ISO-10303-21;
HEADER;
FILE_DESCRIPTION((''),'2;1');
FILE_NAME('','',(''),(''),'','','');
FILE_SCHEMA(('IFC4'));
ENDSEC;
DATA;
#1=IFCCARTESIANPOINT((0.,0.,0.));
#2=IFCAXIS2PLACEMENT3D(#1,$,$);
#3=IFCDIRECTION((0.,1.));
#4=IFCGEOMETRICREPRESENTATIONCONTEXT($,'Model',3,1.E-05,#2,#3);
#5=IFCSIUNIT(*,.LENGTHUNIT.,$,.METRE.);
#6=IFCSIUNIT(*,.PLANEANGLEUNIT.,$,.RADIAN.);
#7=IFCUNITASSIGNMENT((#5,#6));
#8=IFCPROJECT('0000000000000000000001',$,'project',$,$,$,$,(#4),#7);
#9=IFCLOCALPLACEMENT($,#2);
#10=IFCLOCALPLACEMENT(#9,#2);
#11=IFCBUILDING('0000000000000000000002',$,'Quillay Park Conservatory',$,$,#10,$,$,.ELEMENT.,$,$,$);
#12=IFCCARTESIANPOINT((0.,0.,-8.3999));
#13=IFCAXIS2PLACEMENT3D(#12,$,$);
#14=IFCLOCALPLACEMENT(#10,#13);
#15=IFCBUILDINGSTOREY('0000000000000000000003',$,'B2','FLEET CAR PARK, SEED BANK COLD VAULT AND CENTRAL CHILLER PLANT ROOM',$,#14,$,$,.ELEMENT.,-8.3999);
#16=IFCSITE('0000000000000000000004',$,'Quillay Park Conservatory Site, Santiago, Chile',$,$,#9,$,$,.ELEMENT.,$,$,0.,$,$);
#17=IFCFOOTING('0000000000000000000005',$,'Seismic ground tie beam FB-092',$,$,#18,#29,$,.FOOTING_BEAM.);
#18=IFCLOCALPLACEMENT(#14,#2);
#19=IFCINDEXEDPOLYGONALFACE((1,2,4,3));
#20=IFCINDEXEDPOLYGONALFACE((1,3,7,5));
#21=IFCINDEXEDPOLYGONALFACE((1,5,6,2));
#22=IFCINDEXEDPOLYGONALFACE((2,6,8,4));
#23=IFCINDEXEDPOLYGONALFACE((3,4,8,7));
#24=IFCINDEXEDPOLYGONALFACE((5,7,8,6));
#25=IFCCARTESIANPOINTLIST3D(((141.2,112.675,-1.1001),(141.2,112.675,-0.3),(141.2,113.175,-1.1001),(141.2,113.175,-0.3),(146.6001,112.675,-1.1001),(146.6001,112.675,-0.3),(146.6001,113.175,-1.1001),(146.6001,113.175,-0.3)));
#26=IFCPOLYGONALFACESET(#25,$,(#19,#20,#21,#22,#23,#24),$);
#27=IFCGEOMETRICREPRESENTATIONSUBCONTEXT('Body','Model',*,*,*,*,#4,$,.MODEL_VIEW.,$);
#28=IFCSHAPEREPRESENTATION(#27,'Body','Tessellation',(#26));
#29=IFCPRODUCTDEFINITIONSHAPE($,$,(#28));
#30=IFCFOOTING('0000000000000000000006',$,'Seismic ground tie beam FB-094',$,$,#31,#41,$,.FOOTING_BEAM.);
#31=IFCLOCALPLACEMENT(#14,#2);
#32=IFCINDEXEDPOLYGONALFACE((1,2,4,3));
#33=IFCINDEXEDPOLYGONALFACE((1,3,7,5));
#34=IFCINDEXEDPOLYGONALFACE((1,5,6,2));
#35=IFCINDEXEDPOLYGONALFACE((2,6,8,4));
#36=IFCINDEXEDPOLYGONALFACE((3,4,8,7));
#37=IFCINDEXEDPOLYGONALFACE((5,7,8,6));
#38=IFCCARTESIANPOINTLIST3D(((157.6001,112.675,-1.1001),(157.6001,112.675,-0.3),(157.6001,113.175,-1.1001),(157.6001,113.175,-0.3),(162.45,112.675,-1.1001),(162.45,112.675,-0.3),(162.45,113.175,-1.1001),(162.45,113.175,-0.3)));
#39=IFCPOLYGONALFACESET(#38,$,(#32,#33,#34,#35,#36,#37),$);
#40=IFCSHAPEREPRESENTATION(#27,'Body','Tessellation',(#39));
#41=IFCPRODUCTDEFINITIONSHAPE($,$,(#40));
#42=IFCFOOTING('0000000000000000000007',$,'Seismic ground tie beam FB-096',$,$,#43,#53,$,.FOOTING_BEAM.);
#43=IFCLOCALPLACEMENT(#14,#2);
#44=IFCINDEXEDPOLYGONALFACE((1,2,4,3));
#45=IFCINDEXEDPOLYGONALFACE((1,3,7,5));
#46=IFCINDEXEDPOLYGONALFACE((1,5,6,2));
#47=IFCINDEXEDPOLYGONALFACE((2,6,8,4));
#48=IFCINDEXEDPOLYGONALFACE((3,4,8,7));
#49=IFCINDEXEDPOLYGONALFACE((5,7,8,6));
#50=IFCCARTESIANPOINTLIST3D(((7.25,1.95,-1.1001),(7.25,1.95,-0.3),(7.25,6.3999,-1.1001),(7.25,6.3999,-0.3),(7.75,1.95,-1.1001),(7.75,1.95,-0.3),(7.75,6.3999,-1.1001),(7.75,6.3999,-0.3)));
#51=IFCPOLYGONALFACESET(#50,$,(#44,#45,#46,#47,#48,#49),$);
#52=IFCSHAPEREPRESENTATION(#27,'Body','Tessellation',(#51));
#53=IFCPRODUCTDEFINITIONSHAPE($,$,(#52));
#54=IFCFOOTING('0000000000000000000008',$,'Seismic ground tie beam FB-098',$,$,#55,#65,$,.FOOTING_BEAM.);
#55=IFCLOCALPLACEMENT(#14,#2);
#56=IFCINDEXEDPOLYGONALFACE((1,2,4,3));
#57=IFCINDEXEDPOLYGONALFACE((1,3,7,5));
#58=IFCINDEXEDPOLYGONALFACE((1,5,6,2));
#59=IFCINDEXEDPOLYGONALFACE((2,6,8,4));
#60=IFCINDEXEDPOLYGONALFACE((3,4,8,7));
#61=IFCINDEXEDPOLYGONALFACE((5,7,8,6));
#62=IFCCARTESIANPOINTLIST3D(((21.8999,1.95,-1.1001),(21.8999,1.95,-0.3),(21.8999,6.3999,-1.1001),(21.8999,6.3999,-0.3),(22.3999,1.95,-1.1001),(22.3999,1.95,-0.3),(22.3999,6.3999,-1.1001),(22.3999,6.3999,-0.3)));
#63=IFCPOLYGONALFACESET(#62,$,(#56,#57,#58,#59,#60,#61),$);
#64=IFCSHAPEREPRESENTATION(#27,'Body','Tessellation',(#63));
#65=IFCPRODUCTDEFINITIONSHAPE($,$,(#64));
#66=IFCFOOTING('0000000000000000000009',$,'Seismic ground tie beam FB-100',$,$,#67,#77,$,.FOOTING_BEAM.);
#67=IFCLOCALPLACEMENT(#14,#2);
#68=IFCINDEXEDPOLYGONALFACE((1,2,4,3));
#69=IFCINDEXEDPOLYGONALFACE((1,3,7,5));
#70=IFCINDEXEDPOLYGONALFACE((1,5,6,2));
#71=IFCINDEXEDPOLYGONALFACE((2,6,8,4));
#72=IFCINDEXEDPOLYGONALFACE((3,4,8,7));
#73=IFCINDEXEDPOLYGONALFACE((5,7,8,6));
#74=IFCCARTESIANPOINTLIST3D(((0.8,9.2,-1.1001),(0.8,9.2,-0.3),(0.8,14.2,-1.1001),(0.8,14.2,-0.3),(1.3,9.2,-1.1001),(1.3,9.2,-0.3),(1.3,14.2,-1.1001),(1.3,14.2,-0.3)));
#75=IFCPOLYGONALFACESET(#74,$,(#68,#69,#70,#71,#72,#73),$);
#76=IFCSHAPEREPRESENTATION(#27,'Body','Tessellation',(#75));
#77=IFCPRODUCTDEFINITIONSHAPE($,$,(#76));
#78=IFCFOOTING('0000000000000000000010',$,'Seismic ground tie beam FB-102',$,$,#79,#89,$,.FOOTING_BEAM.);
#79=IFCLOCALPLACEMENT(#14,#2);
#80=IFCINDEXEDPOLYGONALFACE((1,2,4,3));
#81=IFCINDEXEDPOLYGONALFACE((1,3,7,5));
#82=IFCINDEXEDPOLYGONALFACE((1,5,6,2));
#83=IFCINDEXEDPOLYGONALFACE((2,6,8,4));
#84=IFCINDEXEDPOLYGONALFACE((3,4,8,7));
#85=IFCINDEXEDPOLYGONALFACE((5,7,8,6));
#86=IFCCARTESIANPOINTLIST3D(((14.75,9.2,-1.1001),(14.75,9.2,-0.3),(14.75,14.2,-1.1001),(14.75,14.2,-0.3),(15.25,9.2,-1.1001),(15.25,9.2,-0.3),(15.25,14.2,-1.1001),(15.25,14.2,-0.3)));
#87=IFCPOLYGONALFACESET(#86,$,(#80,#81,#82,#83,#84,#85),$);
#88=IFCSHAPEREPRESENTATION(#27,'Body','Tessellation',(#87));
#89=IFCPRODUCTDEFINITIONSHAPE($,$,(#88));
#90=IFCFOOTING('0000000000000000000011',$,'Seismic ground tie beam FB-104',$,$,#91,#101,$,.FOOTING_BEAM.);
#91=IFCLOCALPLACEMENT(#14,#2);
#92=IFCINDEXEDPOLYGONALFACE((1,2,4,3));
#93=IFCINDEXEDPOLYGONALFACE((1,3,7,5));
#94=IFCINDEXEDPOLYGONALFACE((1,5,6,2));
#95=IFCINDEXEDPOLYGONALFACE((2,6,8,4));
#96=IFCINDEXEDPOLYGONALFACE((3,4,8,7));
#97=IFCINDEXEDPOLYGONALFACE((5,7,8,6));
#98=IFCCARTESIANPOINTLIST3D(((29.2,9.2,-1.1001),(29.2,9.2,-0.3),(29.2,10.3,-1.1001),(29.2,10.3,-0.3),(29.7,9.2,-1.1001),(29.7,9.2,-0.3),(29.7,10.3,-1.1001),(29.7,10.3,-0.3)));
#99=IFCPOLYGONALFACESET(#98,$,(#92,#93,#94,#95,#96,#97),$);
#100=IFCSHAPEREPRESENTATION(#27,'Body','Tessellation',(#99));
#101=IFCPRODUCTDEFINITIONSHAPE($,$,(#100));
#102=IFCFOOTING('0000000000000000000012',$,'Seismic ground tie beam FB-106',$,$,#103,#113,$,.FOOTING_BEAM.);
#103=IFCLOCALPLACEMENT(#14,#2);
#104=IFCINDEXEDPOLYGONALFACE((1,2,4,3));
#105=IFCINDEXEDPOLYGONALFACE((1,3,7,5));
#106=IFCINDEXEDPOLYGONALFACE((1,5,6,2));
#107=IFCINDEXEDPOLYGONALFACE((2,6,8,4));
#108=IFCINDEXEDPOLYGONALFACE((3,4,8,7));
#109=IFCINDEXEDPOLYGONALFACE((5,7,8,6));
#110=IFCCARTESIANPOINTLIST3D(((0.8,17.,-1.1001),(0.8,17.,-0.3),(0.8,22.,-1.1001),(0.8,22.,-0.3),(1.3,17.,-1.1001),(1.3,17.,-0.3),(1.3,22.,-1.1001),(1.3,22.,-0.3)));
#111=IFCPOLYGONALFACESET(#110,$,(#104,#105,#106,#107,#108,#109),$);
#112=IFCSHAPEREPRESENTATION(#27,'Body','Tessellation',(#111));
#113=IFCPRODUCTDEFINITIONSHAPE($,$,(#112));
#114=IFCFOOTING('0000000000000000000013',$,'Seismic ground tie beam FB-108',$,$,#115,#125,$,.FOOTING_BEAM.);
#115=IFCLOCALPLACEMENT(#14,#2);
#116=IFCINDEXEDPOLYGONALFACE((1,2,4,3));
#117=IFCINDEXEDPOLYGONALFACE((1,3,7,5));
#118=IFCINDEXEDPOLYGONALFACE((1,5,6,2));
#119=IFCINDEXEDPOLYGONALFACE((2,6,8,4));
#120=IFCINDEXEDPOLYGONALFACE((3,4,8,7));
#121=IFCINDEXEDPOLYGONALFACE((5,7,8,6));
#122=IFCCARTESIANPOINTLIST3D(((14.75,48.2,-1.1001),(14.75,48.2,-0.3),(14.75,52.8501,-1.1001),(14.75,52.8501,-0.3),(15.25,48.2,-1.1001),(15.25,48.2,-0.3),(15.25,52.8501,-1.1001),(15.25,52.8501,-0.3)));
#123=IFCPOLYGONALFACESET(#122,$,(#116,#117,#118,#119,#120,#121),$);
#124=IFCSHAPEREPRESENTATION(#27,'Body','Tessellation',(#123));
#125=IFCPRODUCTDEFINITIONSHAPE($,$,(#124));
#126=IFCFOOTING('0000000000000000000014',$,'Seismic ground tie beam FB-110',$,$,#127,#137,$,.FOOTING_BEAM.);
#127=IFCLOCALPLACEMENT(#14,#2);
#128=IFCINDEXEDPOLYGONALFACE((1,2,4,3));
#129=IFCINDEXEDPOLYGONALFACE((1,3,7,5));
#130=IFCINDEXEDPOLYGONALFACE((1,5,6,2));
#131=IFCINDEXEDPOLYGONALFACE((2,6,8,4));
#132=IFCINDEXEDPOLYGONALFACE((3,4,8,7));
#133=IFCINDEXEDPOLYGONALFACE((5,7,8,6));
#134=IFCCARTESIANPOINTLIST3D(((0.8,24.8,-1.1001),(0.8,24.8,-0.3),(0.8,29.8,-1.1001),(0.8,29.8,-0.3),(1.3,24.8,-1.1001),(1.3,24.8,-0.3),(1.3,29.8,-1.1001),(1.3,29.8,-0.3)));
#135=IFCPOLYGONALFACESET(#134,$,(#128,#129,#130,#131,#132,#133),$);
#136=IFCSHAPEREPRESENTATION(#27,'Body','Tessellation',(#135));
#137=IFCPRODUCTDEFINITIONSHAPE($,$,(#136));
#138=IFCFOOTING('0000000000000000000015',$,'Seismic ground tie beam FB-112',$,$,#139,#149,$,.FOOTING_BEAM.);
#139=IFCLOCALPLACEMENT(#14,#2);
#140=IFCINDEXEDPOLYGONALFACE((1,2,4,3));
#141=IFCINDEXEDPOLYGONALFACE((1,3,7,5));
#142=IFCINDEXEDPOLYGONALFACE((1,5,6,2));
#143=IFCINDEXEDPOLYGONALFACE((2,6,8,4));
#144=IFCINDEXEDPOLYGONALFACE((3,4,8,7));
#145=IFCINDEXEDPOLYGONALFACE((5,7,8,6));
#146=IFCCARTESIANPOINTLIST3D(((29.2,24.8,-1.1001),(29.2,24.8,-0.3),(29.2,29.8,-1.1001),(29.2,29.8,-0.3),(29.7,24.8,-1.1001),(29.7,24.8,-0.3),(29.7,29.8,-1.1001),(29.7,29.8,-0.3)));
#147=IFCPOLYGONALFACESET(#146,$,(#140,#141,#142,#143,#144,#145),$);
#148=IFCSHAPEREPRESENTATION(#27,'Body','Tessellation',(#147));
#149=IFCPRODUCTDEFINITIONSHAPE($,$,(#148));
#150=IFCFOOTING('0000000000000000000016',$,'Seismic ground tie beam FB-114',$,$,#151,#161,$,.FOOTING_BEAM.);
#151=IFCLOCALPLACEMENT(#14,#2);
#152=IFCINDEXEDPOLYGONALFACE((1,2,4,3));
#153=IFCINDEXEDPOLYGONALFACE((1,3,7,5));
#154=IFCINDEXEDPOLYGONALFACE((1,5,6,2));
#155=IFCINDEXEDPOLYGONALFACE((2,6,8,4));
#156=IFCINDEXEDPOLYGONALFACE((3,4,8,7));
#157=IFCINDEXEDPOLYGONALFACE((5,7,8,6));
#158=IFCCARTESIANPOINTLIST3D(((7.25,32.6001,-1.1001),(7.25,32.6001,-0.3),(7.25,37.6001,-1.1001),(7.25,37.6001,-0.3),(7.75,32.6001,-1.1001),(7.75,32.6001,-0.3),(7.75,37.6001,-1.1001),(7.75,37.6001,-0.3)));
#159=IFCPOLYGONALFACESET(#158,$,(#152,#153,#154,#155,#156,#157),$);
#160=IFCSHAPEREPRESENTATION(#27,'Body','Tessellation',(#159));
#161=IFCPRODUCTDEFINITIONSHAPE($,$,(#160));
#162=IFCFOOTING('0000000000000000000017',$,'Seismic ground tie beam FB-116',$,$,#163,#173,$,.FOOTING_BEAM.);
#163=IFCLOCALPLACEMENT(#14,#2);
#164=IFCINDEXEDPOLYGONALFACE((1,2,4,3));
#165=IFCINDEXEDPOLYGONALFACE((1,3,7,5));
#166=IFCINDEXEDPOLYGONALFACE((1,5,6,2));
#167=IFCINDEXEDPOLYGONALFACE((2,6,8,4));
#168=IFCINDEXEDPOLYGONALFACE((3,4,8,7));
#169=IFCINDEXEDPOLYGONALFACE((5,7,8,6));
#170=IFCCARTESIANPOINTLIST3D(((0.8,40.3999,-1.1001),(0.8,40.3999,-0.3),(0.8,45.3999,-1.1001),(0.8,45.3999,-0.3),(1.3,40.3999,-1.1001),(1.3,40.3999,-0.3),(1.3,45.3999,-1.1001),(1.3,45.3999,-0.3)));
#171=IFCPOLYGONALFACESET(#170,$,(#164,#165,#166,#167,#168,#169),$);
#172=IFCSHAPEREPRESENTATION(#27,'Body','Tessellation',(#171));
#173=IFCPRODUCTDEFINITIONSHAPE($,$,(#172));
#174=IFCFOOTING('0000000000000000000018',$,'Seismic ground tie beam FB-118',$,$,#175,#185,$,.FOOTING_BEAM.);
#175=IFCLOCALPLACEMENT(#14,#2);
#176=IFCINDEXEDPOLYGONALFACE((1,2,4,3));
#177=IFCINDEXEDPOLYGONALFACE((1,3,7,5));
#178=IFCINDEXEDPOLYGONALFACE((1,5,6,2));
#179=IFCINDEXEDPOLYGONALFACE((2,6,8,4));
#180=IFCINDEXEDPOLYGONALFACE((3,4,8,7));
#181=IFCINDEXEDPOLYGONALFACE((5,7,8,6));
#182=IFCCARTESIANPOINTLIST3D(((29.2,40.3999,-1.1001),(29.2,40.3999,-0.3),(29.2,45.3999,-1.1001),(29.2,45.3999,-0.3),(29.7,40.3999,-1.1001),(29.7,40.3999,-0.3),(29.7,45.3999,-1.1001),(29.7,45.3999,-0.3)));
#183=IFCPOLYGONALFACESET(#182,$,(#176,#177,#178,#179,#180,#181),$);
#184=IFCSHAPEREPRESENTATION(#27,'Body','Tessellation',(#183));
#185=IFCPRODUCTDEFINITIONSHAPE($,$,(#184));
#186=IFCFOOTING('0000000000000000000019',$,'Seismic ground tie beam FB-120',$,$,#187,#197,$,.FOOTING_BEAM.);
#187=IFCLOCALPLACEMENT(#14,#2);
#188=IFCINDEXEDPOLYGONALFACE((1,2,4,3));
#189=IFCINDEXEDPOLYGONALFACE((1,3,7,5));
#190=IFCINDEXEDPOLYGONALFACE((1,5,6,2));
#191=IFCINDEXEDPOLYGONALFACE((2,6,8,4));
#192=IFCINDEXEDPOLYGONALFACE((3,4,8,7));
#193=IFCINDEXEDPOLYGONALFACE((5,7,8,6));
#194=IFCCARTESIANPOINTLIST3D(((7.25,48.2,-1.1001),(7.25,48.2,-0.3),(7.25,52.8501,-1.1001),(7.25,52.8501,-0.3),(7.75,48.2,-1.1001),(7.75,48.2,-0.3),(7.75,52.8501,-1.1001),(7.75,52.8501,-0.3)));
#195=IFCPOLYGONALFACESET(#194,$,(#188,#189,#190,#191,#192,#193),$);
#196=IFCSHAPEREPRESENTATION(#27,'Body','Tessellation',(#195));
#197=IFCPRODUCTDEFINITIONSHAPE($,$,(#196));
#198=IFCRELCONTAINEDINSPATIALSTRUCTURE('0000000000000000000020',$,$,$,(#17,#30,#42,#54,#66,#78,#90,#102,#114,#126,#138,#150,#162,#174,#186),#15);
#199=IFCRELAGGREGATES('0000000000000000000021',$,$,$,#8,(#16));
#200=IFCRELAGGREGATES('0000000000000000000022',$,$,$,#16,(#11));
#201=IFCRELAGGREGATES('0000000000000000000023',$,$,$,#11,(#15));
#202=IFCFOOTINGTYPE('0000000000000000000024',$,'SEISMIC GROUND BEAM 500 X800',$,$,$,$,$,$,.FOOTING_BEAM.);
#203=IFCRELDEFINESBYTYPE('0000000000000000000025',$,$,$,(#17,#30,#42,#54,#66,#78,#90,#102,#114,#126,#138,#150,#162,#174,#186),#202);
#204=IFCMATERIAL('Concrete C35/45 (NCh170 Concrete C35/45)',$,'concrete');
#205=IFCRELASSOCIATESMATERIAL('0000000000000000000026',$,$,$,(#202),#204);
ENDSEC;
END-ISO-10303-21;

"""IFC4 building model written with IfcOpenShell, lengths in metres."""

from ifc_helpers import new_model, si_unit, direction, frame, origin, place, context, subcontext, project, spatial, polyline, outline, extrude, material, type_object, element, save


model = new_model("IFC4")

# Units and contexts
model_context = context("Model", 3, precision=1e-05, world=origin(), true_north=direction((0.0, 1.0)))
body_context = subcontext(model_context, "Body", "Model", "MODEL_VIEW")
ifc_project = project(units=[si_unit("LENGTHUNIT", "METRE"), si_unit("PLANEANGLEUNIT", "RADIAN")], contexts=[model_context])

# Site, building, storey
site_placement = place(None, origin())
site = spatial("IfcSite", under=ifc_project, at=site_placement, Name="Quillay Park Conservatory Site, Santiago, Chile", CompositionType="ELEMENT", RefElevation=0.0)
building_placement = place(site_placement, origin())
building = spatial("IfcBuilding", under=site, at=building_placement, Name="Quillay Park Conservatory", CompositionType="ELEMENT")
storey_placement = place(building_placement, frame((0.0, 0.0, -8.3999)))
storey = spatial("IfcBuildingStorey", under=building, at=storey_placement, Name="B2", Description="FLEET CAR PARK, SEED BANK COLD VAULT AND CENTRAL CHILLER PLANT ROOM", CompositionType="ELEMENT", Elevation=-8.3999)

# Footings
ifc_material = material(Name="Concrete C35/45 (NCh170 Concrete C35/45)", Category="concrete")
footing_type = type_object("IfcFootingType", Name="SEISMIC GROUND BEAM 500 X800", PredefinedType="FOOTING_BEAM", material=ifc_material)
footing_1_placement = place(storey_placement, frame((0.0, 0.0, -1.1001)))
element("IfcFooting", 1, at=footing_1_placement, inside=storey, type_object=footing_type, Name="Seismic ground tie beam FB-092", PredefinedType="FOOTING_BEAM", context=body_context, shape_type="SweptSolid", body=[
    extrude(outline(polyline([(141.2, 112.675), (146.6001, 112.675), (146.6001, 113.175), (141.2, 113.175), (141.2, 112.675)])), origin(), (0.0, 0.0, 1.0), 0.8),
])
footing_2_placement = place(storey_placement, frame((0.0, 0.0, -1.1001)))
element("IfcFooting", 2, at=footing_2_placement, inside=storey, type_object=footing_type, Name="Seismic ground tie beam FB-094", PredefinedType="FOOTING_BEAM", context=body_context, shape_type="SweptSolid", body=[
    extrude(outline(polyline([(157.6001, 112.675), (162.45, 112.675), (162.45, 113.175), (157.6001, 113.175), (157.6001, 112.675)])), origin(), (0.0, 0.0, 1.0), 0.8),
])
footing_3_placement = place(storey_placement, frame((0.0, 0.0, -1.1001)))
element("IfcFooting", 3, at=footing_3_placement, inside=storey, type_object=footing_type, Name="Seismic ground tie beam FB-096", PredefinedType="FOOTING_BEAM", context=body_context, shape_type="SweptSolid", body=[
    extrude(outline(polyline([(7.25, 1.95), (7.75, 1.95), (7.75, 6.3999), (7.25, 6.3999), (7.25, 1.95)])), origin(), (0.0, 0.0, 1.0), 0.8),
])
footing_4_placement = place(storey_placement, frame((0.0, 0.0, -1.1001)))
element("IfcFooting", 4, at=footing_4_placement, inside=storey, type_object=footing_type, Name="Seismic ground tie beam FB-098", PredefinedType="FOOTING_BEAM", context=body_context, shape_type="SweptSolid", body=[
    extrude(outline(polyline([(21.8999, 1.95), (22.3999, 1.95), (22.3999, 6.3999), (21.8999, 6.3999), (21.8999, 1.95)])), origin(), (0.0, 0.0, 1.0), 0.8),
])
footing_5_placement = place(storey_placement, frame((0.0, 0.0, -1.1001)))
element("IfcFooting", 5, at=footing_5_placement, inside=storey, type_object=footing_type, Name="Seismic ground tie beam FB-100", PredefinedType="FOOTING_BEAM", context=body_context, shape_type="SweptSolid", body=[
    extrude(outline(polyline([(0.8, 9.2), (1.3, 9.2), (1.3, 14.2), (0.8, 14.2), (0.8, 9.2)])), origin(), (0.0, 0.0, 1.0), 0.8),
])
footing_6_placement = place(storey_placement, frame((0.0, 0.0, -1.1001)))
element("IfcFooting", 6, at=footing_6_placement, inside=storey, type_object=footing_type, Name="Seismic ground tie beam FB-102", PredefinedType="FOOTING_BEAM", context=body_context, shape_type="SweptSolid", body=[
    extrude(outline(polyline([(14.75, 9.2), (15.25, 9.2), (15.25, 14.2), (14.75, 14.2), (14.75, 9.2)])), origin(), (0.0, 0.0, 1.0), 0.8),
])
footing_7_placement = place(storey_placement, frame((0.0, 0.0, -1.1001)))
element("IfcFooting", 7, at=footing_7_placement, inside=storey, type_object=footing_type, Name="Seismic ground tie beam FB-104", PredefinedType="FOOTING_BEAM", context=body_context, shape_type="SweptSolid", body=[
    extrude(outline(polyline([(29.2, 9.2), (29.7, 9.2), (29.7, 10.3), (29.2, 10.3), (29.2, 9.2)])), origin(), (0.0, 0.0, 1.0), 0.8),
])
footing_8_placement = place(storey_placement, frame((0.0, 0.0, -1.1001)))
element("IfcFooting", 8, at=footing_8_placement, inside=storey, type_object=footing_type, Name="Seismic ground tie beam FB-106", PredefinedType="FOOTING_BEAM", context=body_context, shape_type="SweptSolid", body=[
    extrude(outline(polyline([(0.8, 17.0), (1.3, 17.0), (1.3, 22.0), (0.8, 22.0), (0.8, 17.0)])), origin(), (0.0, 0.0, 1.0), 0.8),
])
footing_9_placement = place(storey_placement, frame((0.0, 0.0, -1.1001)))
element("IfcFooting", 9, at=footing_9_placement, inside=storey, type_object=footing_type, Name="Seismic ground tie beam FB-108", PredefinedType="FOOTING_BEAM", context=body_context, shape_type="SweptSolid", body=[
    extrude(outline(polyline([(14.75, 48.2), (15.25, 48.2), (15.25, 52.8501), (14.75, 52.8501), (14.75, 48.2)])), origin(), (0.0, 0.0, 1.0), 0.8),
])
footing_10_placement = place(storey_placement, frame((0.0, 0.0, -1.1001)))
element("IfcFooting", 10, at=footing_10_placement, inside=storey, type_object=footing_type, Name="Seismic ground tie beam FB-110", PredefinedType="FOOTING_BEAM", context=body_context, shape_type="SweptSolid", body=[
    extrude(outline(polyline([(0.8, 24.8), (1.3, 24.8), (1.3, 29.8), (0.8, 29.8), (0.8, 24.8)])), origin(), (0.0, 0.0, 1.0), 0.8),
])
footing_11_placement = place(storey_placement, frame((0.0, 0.0, -1.1001)))
element("IfcFooting", 11, at=footing_11_placement, inside=storey, type_object=footing_type, Name="Seismic ground tie beam FB-112", PredefinedType="FOOTING_BEAM", context=body_context, shape_type="SweptSolid", body=[
    extrude(outline(polyline([(29.2, 24.8), (29.7, 24.8), (29.7, 29.8), (29.2, 29.8), (29.2, 24.8)])), origin(), (0.0, 0.0, 1.0), 0.8),
])
footing_12_placement = place(storey_placement, frame((0.0, 0.0, -1.1001)))
element("IfcFooting", 12, at=footing_12_placement, inside=storey, type_object=footing_type, Name="Seismic ground tie beam FB-114", PredefinedType="FOOTING_BEAM", context=body_context, shape_type="SweptSolid", body=[
    extrude(outline(polyline([(7.25, 32.6001), (7.75, 32.6001), (7.75, 37.6001), (7.25, 37.6001), (7.25, 32.6001)])), origin(), (0.0, 0.0, 1.0), 0.8),
])
footing_13_placement = place(storey_placement, frame((0.0, 0.0, -1.1001)))
element("IfcFooting", 13, at=footing_13_placement, inside=storey, type_object=footing_type, Name="Seismic ground tie beam FB-116", PredefinedType="FOOTING_BEAM", context=body_context, shape_type="SweptSolid", body=[
    extrude(outline(polyline([(0.8, 40.3999), (1.3, 40.3999), (1.3, 45.3999), (0.8, 45.3999), (0.8, 40.3999)])), origin(), (0.0, 0.0, 1.0), 0.8),
])
footing_14_placement = place(storey_placement, frame((0.0, 0.0, -1.1001)))
element("IfcFooting", 14, at=footing_14_placement, inside=storey, type_object=footing_type, Name="Seismic ground tie beam FB-118", PredefinedType="FOOTING_BEAM", context=body_context, shape_type="SweptSolid", body=[
    extrude(outline(polyline([(29.2, 40.3999), (29.7, 40.3999), (29.7, 45.3999), (29.2, 45.3999), (29.2, 40.3999)])), origin(), (0.0, 0.0, 1.0), 0.8),
])
footing_15_placement = place(storey_placement, frame((0.0, 0.0, -1.1001)))
element("IfcFooting", 15, at=footing_15_placement, inside=storey, type_object=footing_type, Name="Seismic ground tie beam FB-120", PredefinedType="FOOTING_BEAM", context=body_context, shape_type="SweptSolid", body=[
    extrude(outline(polyline([(7.25, 48.2), (7.75, 48.2), (7.75, 52.8501), (7.25, 52.8501), (7.25, 48.2)])), origin(), (0.0, 0.0, 1.0), 0.8),
])

save(model, "model.ifc")
